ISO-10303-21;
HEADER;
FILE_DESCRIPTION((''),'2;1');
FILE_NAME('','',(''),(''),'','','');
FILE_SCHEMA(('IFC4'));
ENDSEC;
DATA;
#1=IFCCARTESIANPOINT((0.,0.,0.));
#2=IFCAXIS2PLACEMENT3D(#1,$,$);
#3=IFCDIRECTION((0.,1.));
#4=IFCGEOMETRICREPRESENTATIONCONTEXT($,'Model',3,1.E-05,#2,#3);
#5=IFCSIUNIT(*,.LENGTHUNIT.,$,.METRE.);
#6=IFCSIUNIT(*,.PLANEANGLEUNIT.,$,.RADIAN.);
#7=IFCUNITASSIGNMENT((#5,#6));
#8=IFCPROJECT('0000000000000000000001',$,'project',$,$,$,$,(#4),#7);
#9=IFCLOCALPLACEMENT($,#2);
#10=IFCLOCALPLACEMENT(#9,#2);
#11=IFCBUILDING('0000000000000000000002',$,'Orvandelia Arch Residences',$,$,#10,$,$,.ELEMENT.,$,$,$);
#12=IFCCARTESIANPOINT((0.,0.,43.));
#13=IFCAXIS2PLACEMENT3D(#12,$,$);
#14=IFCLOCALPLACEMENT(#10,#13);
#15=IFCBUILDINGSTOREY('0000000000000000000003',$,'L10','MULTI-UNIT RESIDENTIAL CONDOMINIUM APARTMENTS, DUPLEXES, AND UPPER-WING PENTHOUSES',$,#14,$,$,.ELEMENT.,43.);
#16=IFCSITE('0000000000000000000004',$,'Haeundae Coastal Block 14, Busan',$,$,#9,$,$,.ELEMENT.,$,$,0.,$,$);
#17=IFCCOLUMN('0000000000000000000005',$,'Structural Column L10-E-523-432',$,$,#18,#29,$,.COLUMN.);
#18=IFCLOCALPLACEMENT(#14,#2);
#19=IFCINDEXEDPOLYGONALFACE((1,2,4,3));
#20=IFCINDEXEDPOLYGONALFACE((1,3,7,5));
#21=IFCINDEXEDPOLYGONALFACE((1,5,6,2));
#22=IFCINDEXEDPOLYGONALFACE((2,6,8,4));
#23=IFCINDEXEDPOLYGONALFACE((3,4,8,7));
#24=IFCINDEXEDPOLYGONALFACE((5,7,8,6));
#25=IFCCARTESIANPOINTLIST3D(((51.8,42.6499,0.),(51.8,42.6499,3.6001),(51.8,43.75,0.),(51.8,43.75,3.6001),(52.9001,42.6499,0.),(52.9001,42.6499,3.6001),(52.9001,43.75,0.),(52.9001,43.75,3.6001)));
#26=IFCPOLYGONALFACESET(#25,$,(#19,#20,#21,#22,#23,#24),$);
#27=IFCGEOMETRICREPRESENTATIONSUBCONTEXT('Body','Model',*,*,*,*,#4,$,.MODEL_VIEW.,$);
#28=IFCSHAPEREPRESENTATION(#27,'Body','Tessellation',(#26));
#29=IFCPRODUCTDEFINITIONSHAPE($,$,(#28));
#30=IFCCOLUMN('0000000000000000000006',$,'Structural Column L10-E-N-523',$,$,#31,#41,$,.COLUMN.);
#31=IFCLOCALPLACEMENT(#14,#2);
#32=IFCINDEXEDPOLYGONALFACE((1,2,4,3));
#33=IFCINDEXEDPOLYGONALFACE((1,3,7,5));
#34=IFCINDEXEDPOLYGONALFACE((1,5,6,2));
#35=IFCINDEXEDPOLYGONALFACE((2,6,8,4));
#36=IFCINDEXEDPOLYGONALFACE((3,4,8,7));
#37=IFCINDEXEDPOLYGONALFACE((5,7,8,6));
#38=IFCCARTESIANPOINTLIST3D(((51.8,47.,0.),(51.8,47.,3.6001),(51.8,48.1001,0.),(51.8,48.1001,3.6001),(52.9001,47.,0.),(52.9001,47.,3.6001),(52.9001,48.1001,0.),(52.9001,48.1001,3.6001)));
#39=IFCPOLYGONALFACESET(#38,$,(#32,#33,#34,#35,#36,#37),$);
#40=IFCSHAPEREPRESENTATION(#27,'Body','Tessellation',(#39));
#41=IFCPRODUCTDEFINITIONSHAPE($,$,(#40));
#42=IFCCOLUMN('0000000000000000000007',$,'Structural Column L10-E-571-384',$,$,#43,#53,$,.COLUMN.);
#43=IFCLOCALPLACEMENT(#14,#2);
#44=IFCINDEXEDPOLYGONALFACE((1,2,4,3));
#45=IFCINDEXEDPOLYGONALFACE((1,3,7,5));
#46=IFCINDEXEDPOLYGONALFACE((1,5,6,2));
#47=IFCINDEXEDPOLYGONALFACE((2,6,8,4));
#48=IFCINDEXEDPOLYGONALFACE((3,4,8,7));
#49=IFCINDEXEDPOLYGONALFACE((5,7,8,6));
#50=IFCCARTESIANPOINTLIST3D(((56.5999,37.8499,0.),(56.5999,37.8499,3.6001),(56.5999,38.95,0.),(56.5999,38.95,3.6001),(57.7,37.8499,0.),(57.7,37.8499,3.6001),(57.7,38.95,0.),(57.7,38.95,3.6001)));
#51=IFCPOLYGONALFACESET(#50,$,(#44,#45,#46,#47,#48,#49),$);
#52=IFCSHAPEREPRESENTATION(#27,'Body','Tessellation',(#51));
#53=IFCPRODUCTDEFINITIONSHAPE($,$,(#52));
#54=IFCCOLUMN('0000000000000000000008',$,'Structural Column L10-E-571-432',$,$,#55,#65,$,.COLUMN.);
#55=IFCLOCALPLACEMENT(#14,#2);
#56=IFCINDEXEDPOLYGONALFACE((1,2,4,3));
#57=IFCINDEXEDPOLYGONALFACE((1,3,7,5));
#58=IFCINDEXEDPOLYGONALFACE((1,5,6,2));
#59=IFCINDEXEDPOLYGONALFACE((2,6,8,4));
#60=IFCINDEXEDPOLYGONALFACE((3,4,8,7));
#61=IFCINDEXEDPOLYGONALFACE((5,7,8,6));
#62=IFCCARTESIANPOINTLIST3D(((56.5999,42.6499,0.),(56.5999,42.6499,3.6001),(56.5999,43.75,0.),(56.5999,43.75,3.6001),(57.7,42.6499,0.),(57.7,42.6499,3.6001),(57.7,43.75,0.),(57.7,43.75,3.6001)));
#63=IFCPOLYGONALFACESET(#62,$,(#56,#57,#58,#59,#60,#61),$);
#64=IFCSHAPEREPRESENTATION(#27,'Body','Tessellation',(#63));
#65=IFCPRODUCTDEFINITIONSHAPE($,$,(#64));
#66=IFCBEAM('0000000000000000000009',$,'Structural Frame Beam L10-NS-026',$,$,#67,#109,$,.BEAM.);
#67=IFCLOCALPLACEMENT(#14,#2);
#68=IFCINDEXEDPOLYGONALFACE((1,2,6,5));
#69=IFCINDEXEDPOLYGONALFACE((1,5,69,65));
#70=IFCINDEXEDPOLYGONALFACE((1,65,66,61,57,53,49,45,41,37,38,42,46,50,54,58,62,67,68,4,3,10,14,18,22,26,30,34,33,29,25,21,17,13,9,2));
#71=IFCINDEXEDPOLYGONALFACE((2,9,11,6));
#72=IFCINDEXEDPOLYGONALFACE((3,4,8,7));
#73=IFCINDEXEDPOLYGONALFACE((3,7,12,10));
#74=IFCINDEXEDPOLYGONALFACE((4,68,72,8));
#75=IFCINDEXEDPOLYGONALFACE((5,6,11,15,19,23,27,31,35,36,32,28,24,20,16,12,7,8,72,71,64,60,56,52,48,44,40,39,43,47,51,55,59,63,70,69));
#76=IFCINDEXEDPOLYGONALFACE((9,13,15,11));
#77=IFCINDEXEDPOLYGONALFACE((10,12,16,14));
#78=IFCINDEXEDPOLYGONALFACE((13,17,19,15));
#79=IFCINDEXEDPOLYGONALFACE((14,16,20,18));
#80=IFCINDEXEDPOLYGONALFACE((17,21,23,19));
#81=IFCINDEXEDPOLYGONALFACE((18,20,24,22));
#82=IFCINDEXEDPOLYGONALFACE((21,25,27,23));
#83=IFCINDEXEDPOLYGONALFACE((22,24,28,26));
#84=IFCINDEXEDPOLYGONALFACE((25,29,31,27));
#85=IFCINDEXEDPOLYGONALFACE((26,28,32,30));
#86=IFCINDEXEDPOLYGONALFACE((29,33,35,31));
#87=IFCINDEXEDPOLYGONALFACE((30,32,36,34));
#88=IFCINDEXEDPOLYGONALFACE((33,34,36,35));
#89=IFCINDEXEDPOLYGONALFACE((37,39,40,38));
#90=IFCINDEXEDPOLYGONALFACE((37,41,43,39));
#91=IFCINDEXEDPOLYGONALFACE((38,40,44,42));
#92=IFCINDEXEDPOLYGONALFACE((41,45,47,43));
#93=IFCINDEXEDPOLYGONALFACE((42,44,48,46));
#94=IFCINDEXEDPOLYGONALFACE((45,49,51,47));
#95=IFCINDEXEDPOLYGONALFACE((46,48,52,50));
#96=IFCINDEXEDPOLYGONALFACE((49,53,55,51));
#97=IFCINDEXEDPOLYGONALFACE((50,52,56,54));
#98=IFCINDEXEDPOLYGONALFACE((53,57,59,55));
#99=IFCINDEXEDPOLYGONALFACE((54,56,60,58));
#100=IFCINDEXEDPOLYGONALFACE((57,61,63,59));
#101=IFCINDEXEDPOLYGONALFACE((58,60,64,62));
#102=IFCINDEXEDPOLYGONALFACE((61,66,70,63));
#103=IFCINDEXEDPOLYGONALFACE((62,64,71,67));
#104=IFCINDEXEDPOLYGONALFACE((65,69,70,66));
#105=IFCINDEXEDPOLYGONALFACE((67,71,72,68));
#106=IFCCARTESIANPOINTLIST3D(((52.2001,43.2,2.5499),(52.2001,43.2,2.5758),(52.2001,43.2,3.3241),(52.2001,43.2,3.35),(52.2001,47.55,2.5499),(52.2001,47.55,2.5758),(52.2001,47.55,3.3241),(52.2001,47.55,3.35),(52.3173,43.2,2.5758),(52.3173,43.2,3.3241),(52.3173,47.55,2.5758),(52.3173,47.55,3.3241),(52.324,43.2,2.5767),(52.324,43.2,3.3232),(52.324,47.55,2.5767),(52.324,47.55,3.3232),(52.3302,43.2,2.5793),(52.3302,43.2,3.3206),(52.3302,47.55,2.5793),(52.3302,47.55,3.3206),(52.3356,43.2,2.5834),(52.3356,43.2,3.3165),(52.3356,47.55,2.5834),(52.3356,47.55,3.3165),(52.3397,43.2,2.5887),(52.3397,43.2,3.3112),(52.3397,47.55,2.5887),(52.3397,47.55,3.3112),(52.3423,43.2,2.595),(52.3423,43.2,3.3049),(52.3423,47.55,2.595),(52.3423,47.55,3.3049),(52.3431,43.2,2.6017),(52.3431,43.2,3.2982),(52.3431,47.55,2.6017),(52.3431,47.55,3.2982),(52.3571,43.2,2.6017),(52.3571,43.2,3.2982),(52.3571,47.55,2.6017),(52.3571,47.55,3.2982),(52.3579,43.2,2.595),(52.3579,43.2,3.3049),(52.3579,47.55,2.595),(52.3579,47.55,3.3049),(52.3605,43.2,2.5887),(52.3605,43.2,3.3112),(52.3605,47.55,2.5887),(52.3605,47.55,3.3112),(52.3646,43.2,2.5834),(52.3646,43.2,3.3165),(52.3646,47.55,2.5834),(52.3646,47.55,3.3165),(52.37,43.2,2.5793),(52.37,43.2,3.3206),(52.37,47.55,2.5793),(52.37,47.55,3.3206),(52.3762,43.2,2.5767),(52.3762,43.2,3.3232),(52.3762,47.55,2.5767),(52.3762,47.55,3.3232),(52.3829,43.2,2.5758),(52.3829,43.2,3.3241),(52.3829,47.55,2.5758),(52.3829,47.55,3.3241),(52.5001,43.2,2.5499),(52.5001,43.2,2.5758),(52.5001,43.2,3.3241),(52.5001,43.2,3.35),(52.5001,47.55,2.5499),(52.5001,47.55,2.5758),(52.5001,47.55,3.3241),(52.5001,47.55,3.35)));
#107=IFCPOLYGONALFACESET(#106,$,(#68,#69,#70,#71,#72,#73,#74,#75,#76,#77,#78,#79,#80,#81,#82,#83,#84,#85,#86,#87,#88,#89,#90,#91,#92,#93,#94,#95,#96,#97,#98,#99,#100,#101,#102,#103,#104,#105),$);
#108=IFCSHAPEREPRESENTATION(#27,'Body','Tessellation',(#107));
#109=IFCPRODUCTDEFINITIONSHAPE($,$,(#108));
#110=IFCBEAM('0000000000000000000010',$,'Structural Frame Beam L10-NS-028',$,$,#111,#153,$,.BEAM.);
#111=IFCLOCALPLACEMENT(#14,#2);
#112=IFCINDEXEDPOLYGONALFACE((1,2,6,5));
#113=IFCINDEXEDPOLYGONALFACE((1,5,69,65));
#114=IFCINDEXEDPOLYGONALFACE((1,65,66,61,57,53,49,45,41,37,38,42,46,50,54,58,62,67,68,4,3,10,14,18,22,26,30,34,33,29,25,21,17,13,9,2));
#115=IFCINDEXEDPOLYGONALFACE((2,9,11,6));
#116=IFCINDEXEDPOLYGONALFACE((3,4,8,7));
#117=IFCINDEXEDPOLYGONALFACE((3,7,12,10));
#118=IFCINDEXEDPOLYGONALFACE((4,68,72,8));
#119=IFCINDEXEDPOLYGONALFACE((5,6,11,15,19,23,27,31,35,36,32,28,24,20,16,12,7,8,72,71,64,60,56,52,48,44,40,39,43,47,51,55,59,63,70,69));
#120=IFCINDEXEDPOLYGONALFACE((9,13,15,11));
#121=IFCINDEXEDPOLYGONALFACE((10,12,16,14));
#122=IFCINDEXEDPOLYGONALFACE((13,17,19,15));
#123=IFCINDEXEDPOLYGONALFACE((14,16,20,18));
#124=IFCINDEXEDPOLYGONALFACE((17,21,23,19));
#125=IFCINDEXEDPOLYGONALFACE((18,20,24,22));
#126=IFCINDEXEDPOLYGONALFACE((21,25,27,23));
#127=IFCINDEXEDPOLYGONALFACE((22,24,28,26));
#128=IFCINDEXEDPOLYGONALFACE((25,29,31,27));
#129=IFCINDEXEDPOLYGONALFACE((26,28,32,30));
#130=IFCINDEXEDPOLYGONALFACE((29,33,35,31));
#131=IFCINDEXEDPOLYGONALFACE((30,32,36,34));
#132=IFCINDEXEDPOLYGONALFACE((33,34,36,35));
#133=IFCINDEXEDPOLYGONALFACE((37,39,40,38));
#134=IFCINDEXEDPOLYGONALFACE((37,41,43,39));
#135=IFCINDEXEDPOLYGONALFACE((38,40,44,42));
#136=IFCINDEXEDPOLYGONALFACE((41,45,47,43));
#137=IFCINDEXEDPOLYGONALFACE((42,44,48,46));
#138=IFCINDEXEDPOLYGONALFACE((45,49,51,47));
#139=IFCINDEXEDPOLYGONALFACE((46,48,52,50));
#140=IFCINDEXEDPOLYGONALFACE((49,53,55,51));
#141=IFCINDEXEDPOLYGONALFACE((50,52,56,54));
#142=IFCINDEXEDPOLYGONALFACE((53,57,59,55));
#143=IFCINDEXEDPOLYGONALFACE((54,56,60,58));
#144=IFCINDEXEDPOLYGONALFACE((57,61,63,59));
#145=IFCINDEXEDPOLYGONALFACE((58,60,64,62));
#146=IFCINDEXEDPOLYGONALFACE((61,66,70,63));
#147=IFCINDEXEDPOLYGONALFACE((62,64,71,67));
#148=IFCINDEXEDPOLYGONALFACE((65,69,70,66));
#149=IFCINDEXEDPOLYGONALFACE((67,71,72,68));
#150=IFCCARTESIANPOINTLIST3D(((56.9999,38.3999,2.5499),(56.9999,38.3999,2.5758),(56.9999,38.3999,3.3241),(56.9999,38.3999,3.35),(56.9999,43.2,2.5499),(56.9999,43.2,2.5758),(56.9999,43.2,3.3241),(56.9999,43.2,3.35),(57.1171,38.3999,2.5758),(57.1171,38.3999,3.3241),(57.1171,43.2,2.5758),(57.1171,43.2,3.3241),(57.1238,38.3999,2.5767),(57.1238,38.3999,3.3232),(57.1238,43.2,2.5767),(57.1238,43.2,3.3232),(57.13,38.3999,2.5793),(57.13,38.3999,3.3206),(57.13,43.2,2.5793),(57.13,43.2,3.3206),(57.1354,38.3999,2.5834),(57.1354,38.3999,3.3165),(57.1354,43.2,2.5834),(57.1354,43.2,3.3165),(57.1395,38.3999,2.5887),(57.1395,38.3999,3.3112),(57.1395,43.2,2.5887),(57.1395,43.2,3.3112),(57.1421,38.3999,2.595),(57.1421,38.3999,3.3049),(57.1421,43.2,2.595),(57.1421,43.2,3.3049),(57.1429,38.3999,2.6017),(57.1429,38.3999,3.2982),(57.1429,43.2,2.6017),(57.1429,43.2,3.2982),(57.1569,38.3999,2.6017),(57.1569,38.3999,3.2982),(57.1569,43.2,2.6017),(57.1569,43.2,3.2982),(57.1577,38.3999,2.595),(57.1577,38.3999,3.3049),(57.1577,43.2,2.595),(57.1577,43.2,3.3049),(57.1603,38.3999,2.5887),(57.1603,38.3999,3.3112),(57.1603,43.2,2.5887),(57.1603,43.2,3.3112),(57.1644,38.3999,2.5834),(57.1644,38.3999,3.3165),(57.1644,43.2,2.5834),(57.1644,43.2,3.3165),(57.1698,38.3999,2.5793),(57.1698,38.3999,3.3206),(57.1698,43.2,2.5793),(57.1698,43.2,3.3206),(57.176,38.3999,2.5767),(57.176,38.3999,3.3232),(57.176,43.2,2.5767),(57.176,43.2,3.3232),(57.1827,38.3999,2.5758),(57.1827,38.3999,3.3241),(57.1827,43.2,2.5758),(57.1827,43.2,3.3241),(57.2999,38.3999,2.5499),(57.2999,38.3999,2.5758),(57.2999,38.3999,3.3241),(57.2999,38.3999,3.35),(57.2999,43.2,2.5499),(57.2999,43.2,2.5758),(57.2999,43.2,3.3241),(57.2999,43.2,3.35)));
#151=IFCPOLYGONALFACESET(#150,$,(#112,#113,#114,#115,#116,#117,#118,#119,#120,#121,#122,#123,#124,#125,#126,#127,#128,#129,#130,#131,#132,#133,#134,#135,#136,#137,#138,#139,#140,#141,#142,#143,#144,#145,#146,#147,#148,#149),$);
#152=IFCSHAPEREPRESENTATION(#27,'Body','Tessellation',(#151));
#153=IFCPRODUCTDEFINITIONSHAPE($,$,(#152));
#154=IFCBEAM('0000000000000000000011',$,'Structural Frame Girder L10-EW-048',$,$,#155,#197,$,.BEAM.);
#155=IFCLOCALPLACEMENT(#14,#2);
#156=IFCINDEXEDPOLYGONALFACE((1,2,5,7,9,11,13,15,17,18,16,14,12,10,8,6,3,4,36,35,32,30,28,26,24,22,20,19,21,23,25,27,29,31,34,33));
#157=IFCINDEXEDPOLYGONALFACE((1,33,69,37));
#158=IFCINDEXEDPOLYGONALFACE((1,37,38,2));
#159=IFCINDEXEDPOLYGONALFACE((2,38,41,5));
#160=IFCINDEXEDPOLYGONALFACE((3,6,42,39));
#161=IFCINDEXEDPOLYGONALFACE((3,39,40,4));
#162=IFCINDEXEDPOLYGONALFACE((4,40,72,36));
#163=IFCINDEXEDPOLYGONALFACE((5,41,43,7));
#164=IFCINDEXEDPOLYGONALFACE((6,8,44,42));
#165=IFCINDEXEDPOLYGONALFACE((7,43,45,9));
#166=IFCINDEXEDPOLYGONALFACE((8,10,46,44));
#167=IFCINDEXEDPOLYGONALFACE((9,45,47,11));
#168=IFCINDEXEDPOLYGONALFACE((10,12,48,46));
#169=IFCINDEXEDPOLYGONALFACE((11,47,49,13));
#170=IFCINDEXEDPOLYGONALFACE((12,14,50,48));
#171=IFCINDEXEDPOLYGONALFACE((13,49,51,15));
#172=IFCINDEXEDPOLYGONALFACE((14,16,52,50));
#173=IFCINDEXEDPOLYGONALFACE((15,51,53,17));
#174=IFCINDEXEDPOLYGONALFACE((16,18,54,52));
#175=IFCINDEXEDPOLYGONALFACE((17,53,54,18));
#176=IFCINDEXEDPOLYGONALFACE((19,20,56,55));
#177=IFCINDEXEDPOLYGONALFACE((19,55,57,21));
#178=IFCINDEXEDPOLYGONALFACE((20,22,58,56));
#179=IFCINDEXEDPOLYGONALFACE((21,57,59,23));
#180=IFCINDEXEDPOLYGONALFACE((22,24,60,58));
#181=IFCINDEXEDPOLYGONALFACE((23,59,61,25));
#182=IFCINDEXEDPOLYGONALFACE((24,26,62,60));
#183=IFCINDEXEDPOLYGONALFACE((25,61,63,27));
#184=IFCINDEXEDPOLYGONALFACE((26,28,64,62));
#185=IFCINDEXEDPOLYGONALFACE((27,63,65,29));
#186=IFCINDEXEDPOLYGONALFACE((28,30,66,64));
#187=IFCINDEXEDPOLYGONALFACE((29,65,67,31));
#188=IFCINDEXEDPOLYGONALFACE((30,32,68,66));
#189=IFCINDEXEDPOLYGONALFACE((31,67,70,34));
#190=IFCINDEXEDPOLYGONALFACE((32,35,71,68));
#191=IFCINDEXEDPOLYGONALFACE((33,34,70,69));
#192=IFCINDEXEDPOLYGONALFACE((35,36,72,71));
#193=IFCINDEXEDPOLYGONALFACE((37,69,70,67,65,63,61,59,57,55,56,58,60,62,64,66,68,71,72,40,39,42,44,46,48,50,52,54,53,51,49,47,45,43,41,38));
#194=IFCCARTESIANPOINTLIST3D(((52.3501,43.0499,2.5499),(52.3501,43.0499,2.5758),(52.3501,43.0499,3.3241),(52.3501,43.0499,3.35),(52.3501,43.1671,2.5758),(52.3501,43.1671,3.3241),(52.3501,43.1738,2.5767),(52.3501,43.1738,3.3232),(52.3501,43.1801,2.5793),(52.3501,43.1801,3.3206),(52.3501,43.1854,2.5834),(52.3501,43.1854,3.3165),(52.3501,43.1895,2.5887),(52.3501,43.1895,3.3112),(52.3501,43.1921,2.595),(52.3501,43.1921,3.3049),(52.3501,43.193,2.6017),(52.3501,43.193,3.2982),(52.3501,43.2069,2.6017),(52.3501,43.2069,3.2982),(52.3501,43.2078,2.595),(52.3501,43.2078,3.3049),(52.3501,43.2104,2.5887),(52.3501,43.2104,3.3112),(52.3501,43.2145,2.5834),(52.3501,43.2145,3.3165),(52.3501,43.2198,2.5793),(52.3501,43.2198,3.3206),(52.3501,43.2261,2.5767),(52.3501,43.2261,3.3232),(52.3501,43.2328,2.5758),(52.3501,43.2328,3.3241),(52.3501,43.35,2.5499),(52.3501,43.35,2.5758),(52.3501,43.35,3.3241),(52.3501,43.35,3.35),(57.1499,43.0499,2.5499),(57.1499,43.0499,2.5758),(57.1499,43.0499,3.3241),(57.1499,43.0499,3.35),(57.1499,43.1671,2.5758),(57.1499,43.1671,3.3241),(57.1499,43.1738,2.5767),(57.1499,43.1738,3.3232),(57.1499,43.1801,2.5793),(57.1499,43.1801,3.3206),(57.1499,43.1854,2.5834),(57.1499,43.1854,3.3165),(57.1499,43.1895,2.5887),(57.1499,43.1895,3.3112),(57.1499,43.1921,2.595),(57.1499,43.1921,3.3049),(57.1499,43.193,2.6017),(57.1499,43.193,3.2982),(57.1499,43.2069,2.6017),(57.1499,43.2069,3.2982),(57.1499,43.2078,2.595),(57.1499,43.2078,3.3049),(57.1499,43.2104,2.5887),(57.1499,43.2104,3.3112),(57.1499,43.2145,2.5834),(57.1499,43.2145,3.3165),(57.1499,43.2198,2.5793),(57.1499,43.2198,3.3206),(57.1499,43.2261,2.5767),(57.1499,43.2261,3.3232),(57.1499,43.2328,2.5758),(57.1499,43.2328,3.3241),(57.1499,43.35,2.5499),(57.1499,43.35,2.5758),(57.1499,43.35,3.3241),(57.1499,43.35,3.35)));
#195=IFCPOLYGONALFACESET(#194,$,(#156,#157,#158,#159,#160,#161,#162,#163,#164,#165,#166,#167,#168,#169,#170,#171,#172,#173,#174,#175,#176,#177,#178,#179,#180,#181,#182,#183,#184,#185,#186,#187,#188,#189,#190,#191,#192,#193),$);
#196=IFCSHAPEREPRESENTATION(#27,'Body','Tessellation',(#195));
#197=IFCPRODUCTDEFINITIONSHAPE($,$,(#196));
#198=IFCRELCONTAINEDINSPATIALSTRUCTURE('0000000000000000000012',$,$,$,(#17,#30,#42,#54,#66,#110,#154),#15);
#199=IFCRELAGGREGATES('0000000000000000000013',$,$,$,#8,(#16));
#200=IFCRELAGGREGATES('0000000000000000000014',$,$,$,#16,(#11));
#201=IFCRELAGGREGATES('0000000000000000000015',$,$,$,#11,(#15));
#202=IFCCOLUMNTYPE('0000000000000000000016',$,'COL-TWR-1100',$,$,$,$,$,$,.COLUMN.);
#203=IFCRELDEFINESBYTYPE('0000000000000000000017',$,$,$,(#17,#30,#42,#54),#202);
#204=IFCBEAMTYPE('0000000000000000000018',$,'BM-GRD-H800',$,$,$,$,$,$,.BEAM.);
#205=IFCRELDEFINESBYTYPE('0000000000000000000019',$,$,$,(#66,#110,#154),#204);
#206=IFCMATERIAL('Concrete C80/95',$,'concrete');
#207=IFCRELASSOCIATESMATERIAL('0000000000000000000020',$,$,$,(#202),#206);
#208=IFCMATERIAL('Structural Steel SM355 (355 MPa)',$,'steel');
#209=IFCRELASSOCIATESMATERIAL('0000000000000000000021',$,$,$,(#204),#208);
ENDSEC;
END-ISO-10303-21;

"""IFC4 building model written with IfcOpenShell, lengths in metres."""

from ifc_helpers import new_model, si_unit, direction, frame, origin, origin_2d, place, context, subcontext, project, spatial, rectangle, i_section, extrude, material, material_profile, profile_set, type_object, element, save


model = new_model("IFC4")

# Units and contexts
model_context = context("Model", 3, precision=1e-05, world=origin(), true_north=direction((0.0, 1.0)))
body_context = subcontext(model_context, "Body", "Model", "MODEL_VIEW")
ifc_project = project(units=[si_unit("LENGTHUNIT", "METRE"), si_unit("PLANEANGLEUNIT", "RADIAN")], contexts=[model_context])

# Site, building, storey
site_placement = place(None, origin())
site = spatial("IfcSite", under=ifc_project, at=site_placement, Name="Haeundae Coastal Block 14, Busan", CompositionType="ELEMENT", RefElevation=0.0)
building_placement = place(site_placement, origin())
building = spatial("IfcBuilding", under=site, at=building_placement, Name="Orvandelia Arch Residences", CompositionType="ELEMENT")
storey_placement = place(building_placement, frame((0.0, 0.0, 43.0)))
storey = spatial("IfcBuildingStorey", under=building, at=storey_placement, Name="L10", Description="MULTI-UNIT RESIDENTIAL CONDOMINIUM APARTMENTS, DUPLEXES, AND UPPER-WING PENTHOUSES", CompositionType="ELEMENT", Elevation=43.0)

# Columns
ifc_material_1 = material(Name="Concrete C80/95", Category="concrete")
ifc_material_profile_1 = material_profile(ifc_material_1, rectangle(XDim=1.1001, YDim=1.1001, at=origin_2d()), Name="Concrete C80/95", Category="concrete")
ifc_profile_set_1 = profile_set([ifc_material_profile_1], Name="Concrete C80/95")
column_type = type_object("IfcColumnType", Name="COL-TWR-1100", PredefinedType="COLUMN", material=ifc_profile_set_1)
for number, where, z_axis, x_axis, name in (
    (1, (52.3501, 43.2, 0.0), (0.0, 0.0, 1.0), (1.0, 0.0, 0.0), "Structural Column L10-E-523-432"),
    (2, (52.3501, 47.55, 0.0), (0.0, 0.0, 1.0), (1.0, 0.0, 0.0), "Structural Column L10-E-N-523"),
    (3, (57.1499, 38.3999, 0.0), (0.0, 0.0, 1.0), (1.0, 0.0, 0.0), "Structural Column L10-E-571-384"),
    (4, (57.1499, 43.2, 0.0), (0.0, 0.0, 1.0), (1.0, 0.0, 0.0), "Structural Column L10-E-571-432"),
):
    element("IfcColumn", number, at=place(storey_placement, frame(where, z_axis=z_axis, x_axis=x_axis)), inside=storey, type_object=column_type, Name=name, PredefinedType="COLUMN", context=body_context, shape_type="SweptSolid", body=[
        extrude(rectangle(XDim=1.1001, YDim=1.1001, at=origin_2d()), origin(), (0.0, 0.0, 1.0), 3.6001),
    ])

# Beams
ifc_material_2 = material(Name="Structural Steel SM355 (355 MPa)", Category="steel")
ifc_material_profile_2 = material_profile(ifc_material_2, i_section(OverallWidth=0.3, OverallDepth=0.8, WebThickness=0.0139, FlangeThickness=0.0259, FilletRadius=0.0259, at=origin_2d()), Name="Structural Steel SM355 (355 MPa)", Category="steel")
ifc_profile_set_2 = profile_set([ifc_material_profile_2], Name="Structural Steel SM355 (355 MPa)")
beam_type = type_object("IfcBeamType", Name="BM-GRD-H800", PredefinedType="BEAM", material=ifc_profile_set_2)
beam_1_placement = place(storey_placement, frame((52.3501, 43.2, 2.95), z_axis=(0.0, 1.0, 0.0), x_axis=(-1.0, 0.0, 0.0)))
element("IfcBeam", 5, at=beam_1_placement, inside=storey, type_object=beam_type, Name="Structural Frame Beam L10-NS-026", PredefinedType="BEAM", context=body_context, shape_type="SweptSolid", body=[
    extrude(i_section(OverallWidth=0.3, OverallDepth=0.8, WebThickness=0.0139, FlangeThickness=0.0259, FilletRadius=0.0259, at=origin_2d()), origin(), (0.0, 0.0, 1.0), 4.3501),
])
beam_2_placement = place(storey_placement, frame((57.1499, 38.3999, 2.95), z_axis=(0.0, 1.0, 0.0), x_axis=(-1.0, 0.0, 0.0)))
element("IfcBeam", 6, at=beam_2_placement, inside=storey, type_object=beam_type, Name="Structural Frame Beam L10-NS-028", PredefinedType="BEAM", context=body_context, shape_type="SweptSolid", body=[
    extrude(i_section(OverallWidth=0.3, OverallDepth=0.8, WebThickness=0.0139, FlangeThickness=0.0259, FilletRadius=0.0259, at=origin_2d()), origin(), (0.0, 0.0, 1.0), 4.8),
])
beam_3_placement = place(storey_placement, frame((52.3501, 43.2, 2.95), z_axis=(1.0, 0.0, 0.0), x_axis=(0.0, 1.0, 0.0)))
element("IfcBeam", 7, at=beam_3_placement, inside=storey, type_object=beam_type, Name="Structural Frame Girder L10-EW-048", PredefinedType="BEAM", context=body_context, shape_type="SweptSolid", body=[
    extrude(i_section(OverallWidth=0.3, OverallDepth=0.8, WebThickness=0.0139, FlangeThickness=0.0259, FilletRadius=0.0259, at=origin_2d()), origin(), (0.0, 0.0, 1.0), 4.7998),
])

save(model, "model.ifc")
